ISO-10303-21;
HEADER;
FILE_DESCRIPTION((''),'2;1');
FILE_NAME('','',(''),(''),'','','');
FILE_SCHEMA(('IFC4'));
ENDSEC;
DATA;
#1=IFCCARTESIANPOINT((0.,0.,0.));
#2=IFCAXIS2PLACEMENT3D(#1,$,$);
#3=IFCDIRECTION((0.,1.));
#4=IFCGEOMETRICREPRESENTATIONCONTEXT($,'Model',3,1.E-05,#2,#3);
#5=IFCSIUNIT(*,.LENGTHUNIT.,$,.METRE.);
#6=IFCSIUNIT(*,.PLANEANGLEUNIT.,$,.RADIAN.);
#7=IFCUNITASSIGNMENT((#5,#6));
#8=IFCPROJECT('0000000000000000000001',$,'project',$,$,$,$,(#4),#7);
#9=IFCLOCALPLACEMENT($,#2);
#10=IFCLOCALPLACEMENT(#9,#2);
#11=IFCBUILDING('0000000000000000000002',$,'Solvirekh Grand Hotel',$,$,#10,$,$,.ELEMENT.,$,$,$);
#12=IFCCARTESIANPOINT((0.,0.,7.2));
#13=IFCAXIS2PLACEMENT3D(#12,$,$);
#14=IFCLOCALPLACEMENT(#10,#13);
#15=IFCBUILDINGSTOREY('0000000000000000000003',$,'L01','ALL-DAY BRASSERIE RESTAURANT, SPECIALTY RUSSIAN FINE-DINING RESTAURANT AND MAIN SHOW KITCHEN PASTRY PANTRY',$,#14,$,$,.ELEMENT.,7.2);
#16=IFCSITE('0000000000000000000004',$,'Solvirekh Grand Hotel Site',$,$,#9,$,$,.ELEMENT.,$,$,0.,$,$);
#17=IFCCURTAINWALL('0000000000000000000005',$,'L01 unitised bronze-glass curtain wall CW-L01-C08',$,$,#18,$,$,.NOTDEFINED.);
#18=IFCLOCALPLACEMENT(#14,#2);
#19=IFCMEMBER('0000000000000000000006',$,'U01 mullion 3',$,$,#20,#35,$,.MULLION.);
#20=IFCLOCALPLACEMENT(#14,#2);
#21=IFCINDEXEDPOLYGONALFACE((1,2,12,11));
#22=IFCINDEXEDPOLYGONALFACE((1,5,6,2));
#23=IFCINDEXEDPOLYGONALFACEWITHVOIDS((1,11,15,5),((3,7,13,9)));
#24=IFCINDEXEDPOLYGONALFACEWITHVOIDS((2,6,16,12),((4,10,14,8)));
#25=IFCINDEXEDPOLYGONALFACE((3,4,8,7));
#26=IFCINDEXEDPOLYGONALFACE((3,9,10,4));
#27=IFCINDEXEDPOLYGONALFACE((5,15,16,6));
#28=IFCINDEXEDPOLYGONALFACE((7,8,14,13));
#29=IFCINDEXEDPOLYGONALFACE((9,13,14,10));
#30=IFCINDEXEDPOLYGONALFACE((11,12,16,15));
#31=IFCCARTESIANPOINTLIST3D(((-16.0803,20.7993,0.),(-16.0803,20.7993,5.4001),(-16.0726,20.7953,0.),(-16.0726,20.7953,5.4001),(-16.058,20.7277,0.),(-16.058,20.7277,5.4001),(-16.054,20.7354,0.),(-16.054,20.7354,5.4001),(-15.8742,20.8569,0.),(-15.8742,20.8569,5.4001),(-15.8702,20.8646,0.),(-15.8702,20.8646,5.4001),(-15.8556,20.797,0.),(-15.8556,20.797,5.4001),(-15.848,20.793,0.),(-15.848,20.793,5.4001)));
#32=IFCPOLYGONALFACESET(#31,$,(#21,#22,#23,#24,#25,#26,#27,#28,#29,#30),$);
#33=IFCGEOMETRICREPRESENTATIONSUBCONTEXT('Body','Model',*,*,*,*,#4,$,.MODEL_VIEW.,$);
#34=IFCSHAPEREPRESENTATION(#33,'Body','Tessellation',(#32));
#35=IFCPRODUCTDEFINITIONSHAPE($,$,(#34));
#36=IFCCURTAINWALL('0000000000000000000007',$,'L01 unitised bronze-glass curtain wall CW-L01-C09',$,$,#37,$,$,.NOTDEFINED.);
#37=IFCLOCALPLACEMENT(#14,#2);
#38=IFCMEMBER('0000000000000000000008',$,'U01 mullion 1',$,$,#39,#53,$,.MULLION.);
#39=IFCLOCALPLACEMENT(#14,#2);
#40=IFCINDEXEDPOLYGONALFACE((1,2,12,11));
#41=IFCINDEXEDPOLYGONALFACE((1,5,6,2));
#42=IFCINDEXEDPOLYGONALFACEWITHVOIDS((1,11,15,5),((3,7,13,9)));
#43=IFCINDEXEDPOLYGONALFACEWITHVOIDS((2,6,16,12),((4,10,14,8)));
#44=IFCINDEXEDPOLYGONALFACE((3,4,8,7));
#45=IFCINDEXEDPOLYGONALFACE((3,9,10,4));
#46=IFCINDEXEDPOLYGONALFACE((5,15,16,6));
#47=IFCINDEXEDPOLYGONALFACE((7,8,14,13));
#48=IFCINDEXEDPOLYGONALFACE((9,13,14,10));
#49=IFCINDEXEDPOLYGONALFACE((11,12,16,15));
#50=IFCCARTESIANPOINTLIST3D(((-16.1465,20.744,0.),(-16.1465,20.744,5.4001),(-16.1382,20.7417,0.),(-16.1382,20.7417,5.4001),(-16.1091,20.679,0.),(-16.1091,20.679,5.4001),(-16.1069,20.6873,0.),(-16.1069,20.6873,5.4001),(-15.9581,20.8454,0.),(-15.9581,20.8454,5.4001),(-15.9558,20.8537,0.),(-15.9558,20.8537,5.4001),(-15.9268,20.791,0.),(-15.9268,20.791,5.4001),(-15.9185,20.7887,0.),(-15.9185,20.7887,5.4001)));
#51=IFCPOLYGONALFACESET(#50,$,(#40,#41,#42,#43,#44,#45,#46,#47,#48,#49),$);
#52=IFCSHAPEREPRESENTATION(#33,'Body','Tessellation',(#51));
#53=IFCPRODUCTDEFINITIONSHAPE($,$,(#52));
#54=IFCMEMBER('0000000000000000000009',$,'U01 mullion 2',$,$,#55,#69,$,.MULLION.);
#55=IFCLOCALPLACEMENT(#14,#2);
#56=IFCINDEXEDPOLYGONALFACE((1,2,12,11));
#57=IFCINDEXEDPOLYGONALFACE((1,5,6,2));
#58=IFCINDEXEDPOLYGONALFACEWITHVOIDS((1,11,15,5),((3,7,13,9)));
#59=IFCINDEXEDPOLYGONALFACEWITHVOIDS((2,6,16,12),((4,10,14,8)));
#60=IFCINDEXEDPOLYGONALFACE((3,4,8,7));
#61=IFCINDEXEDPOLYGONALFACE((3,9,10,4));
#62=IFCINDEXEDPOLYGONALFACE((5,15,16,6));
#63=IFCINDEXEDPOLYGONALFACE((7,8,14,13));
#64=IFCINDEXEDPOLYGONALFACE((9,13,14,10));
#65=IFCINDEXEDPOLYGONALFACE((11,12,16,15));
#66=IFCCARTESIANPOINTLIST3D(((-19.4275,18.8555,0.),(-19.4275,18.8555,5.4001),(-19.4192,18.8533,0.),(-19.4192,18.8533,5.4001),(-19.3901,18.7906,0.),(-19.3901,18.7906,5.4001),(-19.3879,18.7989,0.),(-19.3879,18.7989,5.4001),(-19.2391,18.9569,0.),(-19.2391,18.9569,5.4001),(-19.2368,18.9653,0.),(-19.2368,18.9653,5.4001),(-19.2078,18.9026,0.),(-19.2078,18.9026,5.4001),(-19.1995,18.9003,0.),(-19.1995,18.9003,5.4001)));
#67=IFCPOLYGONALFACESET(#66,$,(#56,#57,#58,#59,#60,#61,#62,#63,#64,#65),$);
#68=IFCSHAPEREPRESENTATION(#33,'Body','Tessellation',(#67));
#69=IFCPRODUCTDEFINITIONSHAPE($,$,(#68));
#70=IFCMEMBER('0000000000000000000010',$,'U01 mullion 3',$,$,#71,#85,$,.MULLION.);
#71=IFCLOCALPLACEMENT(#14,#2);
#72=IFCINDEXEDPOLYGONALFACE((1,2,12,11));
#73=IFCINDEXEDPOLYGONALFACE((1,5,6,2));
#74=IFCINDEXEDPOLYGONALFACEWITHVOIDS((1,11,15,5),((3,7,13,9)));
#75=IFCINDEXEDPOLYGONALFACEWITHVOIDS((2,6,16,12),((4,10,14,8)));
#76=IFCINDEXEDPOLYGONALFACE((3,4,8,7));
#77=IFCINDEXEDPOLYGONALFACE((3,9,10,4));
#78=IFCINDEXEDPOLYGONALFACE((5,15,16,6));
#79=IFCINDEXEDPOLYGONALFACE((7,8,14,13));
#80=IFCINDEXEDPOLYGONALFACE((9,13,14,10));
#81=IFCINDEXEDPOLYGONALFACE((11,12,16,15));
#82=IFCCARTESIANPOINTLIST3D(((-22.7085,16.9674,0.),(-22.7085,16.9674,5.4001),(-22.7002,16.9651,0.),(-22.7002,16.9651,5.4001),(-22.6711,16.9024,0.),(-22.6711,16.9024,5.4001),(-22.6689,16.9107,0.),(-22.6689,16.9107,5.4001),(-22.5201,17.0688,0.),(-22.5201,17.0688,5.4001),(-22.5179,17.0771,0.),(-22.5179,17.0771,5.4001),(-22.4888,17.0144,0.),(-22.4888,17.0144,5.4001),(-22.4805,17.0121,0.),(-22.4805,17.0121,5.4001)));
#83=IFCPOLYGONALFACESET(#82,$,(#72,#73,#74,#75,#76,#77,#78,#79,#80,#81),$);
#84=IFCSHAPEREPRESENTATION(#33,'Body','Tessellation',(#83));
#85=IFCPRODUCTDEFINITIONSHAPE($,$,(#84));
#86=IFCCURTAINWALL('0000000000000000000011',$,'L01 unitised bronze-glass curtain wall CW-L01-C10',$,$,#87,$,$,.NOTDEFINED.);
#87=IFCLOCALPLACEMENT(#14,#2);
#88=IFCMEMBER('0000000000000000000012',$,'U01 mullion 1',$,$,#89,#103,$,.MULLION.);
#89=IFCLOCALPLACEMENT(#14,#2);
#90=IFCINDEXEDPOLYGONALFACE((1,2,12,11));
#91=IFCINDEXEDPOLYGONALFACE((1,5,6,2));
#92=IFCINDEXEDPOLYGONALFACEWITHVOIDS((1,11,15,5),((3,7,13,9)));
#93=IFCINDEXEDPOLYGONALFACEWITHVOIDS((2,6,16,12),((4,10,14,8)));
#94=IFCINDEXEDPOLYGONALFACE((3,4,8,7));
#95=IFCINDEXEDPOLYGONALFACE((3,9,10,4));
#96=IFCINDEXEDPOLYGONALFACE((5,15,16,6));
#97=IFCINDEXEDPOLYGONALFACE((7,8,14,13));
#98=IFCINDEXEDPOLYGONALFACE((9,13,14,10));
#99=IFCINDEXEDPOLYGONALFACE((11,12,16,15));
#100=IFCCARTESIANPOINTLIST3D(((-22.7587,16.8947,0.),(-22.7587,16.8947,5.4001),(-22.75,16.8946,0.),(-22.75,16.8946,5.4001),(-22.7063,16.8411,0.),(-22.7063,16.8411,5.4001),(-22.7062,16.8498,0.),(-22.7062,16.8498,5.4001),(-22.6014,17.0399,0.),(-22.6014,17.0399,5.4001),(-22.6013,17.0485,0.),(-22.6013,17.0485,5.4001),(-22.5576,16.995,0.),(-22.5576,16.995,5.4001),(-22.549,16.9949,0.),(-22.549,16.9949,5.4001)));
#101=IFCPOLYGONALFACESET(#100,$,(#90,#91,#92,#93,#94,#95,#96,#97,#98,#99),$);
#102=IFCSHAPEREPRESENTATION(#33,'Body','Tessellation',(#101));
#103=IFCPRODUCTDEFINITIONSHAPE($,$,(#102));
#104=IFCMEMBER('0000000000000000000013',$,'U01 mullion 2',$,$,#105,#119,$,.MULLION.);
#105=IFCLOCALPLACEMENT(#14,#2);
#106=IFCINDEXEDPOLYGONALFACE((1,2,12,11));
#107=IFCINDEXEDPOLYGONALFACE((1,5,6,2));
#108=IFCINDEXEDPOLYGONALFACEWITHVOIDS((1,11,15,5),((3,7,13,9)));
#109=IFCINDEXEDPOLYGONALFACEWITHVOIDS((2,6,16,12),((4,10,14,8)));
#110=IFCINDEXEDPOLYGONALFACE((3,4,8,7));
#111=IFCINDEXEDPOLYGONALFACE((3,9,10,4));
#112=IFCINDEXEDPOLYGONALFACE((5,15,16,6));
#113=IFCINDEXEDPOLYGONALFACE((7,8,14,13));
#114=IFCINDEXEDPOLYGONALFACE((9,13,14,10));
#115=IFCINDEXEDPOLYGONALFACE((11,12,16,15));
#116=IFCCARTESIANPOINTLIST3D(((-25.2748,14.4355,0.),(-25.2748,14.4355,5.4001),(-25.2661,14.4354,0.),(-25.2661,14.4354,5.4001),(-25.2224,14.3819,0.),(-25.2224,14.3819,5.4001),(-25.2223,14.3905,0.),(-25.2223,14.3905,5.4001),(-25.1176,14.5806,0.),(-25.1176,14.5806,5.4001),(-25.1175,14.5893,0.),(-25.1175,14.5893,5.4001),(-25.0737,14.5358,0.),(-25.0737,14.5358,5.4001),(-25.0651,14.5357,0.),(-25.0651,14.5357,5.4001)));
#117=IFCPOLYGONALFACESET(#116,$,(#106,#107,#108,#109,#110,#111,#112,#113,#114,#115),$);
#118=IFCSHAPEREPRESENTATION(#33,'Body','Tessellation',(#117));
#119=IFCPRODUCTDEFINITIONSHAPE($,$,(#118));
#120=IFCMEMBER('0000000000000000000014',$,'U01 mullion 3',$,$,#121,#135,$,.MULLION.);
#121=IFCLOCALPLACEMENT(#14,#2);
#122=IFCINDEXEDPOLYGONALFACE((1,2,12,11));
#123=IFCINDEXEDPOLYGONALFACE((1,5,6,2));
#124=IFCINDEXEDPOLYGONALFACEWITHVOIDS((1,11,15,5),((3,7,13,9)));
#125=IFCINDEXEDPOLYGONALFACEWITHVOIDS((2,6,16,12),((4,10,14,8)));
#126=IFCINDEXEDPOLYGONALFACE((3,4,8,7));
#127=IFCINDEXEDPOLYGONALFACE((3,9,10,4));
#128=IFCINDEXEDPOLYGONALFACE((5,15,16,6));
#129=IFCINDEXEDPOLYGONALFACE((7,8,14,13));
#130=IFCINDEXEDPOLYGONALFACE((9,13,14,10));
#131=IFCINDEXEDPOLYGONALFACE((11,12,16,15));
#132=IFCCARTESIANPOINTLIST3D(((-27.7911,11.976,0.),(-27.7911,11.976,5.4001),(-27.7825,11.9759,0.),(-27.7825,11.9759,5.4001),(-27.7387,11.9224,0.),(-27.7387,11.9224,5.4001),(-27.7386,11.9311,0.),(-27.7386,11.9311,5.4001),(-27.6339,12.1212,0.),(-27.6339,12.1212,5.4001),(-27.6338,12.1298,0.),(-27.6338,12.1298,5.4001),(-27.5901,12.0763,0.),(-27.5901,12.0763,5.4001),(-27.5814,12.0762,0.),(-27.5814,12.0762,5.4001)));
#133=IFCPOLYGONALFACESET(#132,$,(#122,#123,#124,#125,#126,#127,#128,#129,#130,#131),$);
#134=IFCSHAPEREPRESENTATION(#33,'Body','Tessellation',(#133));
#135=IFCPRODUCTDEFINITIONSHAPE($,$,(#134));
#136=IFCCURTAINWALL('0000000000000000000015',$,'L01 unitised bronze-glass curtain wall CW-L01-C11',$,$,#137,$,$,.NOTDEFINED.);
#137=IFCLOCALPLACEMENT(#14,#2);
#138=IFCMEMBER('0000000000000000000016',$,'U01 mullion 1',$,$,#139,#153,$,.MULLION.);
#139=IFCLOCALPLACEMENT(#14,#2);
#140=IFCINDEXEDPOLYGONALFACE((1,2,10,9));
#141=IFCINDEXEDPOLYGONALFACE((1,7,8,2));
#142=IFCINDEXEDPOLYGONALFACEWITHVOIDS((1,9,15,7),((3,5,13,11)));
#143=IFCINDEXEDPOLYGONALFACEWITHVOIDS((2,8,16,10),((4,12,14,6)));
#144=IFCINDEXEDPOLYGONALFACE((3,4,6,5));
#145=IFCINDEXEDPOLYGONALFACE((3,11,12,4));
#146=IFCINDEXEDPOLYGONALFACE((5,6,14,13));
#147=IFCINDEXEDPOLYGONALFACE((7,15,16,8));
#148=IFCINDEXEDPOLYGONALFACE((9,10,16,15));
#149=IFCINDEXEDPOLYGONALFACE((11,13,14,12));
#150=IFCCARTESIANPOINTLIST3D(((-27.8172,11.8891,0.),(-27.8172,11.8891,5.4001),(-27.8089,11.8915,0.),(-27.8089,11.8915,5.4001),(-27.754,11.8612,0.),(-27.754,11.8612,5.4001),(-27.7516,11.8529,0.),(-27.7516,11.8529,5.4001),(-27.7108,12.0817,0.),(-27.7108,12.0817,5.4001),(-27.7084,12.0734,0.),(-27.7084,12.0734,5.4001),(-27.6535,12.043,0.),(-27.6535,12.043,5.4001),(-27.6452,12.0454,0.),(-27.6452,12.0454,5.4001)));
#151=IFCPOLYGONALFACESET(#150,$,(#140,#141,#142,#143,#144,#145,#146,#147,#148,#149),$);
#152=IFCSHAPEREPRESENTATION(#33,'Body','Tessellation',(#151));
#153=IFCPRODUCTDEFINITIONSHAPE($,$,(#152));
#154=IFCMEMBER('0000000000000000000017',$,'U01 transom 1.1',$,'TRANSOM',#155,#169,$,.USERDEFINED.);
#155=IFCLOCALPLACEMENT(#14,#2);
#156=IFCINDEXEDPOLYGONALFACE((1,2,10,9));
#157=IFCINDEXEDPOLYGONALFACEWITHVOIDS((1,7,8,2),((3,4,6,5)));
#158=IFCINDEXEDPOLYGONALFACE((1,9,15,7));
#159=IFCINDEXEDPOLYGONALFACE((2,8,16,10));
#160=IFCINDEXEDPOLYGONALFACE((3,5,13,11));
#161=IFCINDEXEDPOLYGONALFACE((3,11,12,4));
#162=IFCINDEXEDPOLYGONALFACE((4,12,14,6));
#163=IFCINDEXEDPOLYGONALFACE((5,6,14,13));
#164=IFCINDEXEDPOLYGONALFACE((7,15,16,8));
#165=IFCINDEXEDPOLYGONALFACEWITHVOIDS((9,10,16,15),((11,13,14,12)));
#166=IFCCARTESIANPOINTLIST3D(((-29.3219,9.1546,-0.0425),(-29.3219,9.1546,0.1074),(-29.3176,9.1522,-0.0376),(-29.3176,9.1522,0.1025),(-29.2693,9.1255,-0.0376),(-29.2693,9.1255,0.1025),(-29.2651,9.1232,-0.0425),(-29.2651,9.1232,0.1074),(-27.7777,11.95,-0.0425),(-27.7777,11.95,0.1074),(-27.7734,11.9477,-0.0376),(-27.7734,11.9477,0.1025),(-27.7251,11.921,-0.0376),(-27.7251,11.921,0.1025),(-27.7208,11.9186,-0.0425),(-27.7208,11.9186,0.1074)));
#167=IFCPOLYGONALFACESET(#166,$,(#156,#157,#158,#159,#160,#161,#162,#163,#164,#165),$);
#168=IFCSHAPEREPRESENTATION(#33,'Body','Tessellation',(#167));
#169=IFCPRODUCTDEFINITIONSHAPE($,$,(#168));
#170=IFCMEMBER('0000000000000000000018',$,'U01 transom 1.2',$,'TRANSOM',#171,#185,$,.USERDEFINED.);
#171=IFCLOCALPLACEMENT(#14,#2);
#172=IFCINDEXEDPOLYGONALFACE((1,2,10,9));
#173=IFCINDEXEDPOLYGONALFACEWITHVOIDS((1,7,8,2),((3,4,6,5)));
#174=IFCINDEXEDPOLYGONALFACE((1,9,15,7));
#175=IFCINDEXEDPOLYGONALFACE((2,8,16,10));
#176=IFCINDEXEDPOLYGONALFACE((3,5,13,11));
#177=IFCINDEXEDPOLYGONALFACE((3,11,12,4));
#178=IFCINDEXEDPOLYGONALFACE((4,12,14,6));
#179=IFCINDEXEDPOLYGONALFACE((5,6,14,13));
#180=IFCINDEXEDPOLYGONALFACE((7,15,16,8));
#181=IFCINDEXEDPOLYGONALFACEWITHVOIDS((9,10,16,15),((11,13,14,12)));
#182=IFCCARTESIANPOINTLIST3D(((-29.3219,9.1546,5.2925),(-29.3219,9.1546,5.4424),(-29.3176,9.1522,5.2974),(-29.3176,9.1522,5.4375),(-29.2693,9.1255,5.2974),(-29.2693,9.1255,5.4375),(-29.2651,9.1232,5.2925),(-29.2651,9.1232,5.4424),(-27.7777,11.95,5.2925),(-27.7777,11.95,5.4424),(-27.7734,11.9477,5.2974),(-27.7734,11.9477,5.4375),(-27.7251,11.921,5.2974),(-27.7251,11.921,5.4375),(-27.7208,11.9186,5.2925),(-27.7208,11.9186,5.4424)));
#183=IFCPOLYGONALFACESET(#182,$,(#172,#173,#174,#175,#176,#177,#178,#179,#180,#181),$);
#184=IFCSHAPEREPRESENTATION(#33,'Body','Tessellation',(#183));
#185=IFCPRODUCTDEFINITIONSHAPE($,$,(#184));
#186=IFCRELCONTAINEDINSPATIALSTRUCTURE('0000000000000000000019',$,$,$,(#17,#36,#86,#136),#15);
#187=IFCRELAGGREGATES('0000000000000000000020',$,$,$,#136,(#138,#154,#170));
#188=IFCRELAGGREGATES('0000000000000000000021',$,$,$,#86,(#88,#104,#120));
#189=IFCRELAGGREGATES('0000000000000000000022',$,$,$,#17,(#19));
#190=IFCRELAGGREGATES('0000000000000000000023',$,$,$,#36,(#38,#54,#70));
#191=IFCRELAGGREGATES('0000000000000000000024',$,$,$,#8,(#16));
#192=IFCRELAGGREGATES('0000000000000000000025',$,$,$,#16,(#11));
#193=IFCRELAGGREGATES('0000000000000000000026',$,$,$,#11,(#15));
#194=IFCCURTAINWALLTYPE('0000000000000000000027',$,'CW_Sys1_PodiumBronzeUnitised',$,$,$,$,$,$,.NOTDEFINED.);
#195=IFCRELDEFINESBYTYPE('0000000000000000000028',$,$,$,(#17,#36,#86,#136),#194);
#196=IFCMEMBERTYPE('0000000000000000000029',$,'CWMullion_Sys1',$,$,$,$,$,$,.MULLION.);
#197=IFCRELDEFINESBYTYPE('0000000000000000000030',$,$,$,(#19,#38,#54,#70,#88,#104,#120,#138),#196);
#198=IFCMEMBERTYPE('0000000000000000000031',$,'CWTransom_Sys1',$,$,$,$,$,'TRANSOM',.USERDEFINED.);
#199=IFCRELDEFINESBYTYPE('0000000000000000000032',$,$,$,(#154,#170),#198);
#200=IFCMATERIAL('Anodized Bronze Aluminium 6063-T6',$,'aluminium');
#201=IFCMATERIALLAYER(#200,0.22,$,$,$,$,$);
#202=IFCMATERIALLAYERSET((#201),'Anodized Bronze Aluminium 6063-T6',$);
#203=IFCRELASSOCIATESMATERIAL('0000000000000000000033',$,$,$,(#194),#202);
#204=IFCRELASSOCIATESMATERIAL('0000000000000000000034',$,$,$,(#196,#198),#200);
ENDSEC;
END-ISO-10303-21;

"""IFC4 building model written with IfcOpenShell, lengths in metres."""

from ifc_helpers import new_model, si_unit, direction, frame, origin, origin_2d, place, context, subcontext, project, spatial, hollow_rectangle, extrude, source, transform, mapped, material, layer, layer_set, material_profile, profile_set, type_object, element, aggregate, save


model = new_model("IFC4")

# Units and contexts
model_context = context("Model", 3, precision=1e-05, world=origin(), true_north=direction((0.0, 1.0)))
body_context = subcontext(model_context, "Body", "Model", "MODEL_VIEW")
ifc_project = project(units=[si_unit("LENGTHUNIT", "METRE"), si_unit("PLANEANGLEUNIT", "RADIAN")], contexts=[model_context])

# Site, building, storey
site_placement = place(None, origin())
site = spatial("IfcSite", under=ifc_project, at=site_placement, Name="Solvirekh Grand Hotel Site", CompositionType="ELEMENT", RefElevation=0.0)
building_placement = place(site_placement, origin())
building = spatial("IfcBuilding", under=site, at=building_placement, Name="Solvirekh Grand Hotel", CompositionType="ELEMENT")
storey_placement = place(building_placement, frame((0.0, 0.0, 7.2)))
storey = spatial("IfcBuildingStorey", under=building, at=storey_placement, Name="L01", Description="ALL-DAY BRASSERIE RESTAURANT, SPECIALTY RUSSIAN FINE-DINING RESTAURANT AND MAIN SHOW KITCHEN PASTRY PANTRY", CompositionType="ELEMENT", Elevation=7.2)

# Curtain wall, member
ifc_material_1 = material(Name="Anodized Bronze Aluminium 6063-T6", Category="aluminium")
ifc_layer_1 = layer(ifc_material_1, 0.22)
ifc_layer_set_1 = layer_set([ifc_layer_1], Name="Anodized Bronze Aluminium 6063-T6")
curtain_wall_type = type_object("IfcCurtainWallType", Name="CW_Sys1_PodiumBronzeUnitised", PredefinedType="NOTDEFINED", material=ifc_layer_set_1)
curtain_wall_1_placement = place(storey_placement, origin())
curtain_wall_1 = element("IfcCurtainWall", 1, at=curtain_wall_1_placement, inside=storey, type_object=curtain_wall_type, Name="L01 unitised bronze-glass curtain wall CW-L01-C08", PredefinedType="NOTDEFINED")
ifc_material_profile_1 = material_profile(ifc_material_1, hollow_rectangle(XDim=0.075, YDim=0.22, WallThickness=0.0061, at=origin_2d()), Name="ALU RHS 220X75X6")
ifc_profile_set_1 = profile_set([ifc_material_profile_1], Name="Anodized Bronze Aluminium 6063-T6")
member_type_1 = type_object("IfcMemberType", Name="CWMullion_Sys1", PredefinedType="MULLION", material=ifc_profile_set_1)
shared_shape_1 = source(origin(), body_context, "Body", "SweptSolid", [
    extrude(hollow_rectangle(XDim=0.075, YDim=0.22, WallThickness=0.0061, at=origin_2d()), origin(), (0.0, 0.0, 1.0), 5.4001),
])
member_1_placement = place(storey_placement, frame((-15.9641, 20.7961, 0.0), z_axis=(0.0, 0.0, 1.0), x_axis=(0.296598, -0.955003, 0.0)))
member_1 = element("IfcMember", 2, at=member_1_placement, type_object=member_type_1, Name="U01 mullion 3", PredefinedType="MULLION", context=body_context, shape_type="MappedRepresentation", body=[
    mapped(shared_shape_1, transform((0.0, 0.0, 0.0), x_axis=(1.0, 0.0, 0.0), y_axis=(0.0, 1.0, 0.0), z_axis=(0.0, 0.0, 1.0), scale=1.0)),
])

# Curtain walls, members
curtain_wall_2_placement = place(storey_placement, origin())
curtain_wall_2 = element("IfcCurtainWall", 3, at=curtain_wall_2_placement, inside=storey, type_object=curtain_wall_type, Name="L01 unitised bronze-glass curtain wall CW-L01-C09", PredefinedType="NOTDEFINED")
member_2_placement = place(storey_placement, frame((-16.0325, 20.7664, 0.0), z_axis=(0.0, 0.0, 1.0), x_axis=(0.498813, -0.86671, 0.0)))
member_2 = element("IfcMember", 4, at=member_2_placement, type_object=member_type_1, Name="U01 mullion 1", PredefinedType="MULLION", context=body_context, shape_type="MappedRepresentation", body=[
    mapped(shared_shape_1, transform((0.0, 0.0, 0.0), x_axis=(1.0, 0.0, 0.0), y_axis=(0.0, 1.0, 0.0), z_axis=(0.0, 0.0, 1.0), scale=1.0)),
])
member_3_placement = place(storey_placement, frame((-19.3135, 18.8779, 0.0), z_axis=(0.0, 0.0, 1.0), x_axis=(0.498813, -0.86671, 0.0)))
member_3 = element("IfcMember", 5, at=member_3_placement, type_object=member_type_1, Name="U01 mullion 2", PredefinedType="MULLION", context=body_context, shape_type="MappedRepresentation", body=[
    mapped(shared_shape_1, transform((0.0, 0.0, 0.0), x_axis=(1.0, 0.0, 0.0), y_axis=(0.0, 1.0, 0.0), z_axis=(0.0, 0.0, 1.0), scale=1.0)),
])
member_4_placement = place(storey_placement, frame((-22.5945, 16.9897, 0.0), z_axis=(0.0, 0.0, 1.0), x_axis=(0.498813, -0.86671, 0.0)))
member_4 = element("IfcMember", 6, at=member_4_placement, type_object=member_type_1, Name="U01 mullion 3", PredefinedType="MULLION", context=body_context, shape_type="MappedRepresentation", body=[
    mapped(shared_shape_1, transform((0.0, 0.0, 0.0), x_axis=(1.0, 0.0, 0.0), y_axis=(0.0, 1.0, 0.0), z_axis=(0.0, 0.0, 1.0), scale=1.0)),
])
curtain_wall_3_placement = place(storey_placement, origin())
curtain_wall_3 = element("IfcCurtainWall", 7, at=curtain_wall_3_placement, inside=storey, type_object=curtain_wall_type, Name="L01 unitised bronze-glass curtain wall CW-L01-C10", PredefinedType="NOTDEFINED")
member_5_placement = place(storey_placement, frame((-22.6538, 16.9448, 0.0), z_axis=(0.0, 0.0, 1.0), x_axis=(0.698975, -0.715146, 0.0)))
member_5 = element("IfcMember", 8, at=member_5_placement, type_object=member_type_1, Name="U01 mullion 1", PredefinedType="MULLION", context=body_context, shape_type="MappedRepresentation", body=[
    mapped(shared_shape_1, transform((0.0, 0.0, 0.0), x_axis=(1.0, 0.0, 0.0), y_axis=(0.0, 1.0, 0.0), z_axis=(0.0, 0.0, 1.0), scale=1.0)),
])
member_6_placement = place(storey_placement, frame((-25.1699, 14.4856, 0.0), z_axis=(0.0, 0.0, 1.0), x_axis=(0.698975, -0.715146, 0.0)))
member_6 = element("IfcMember", 9, at=member_6_placement, type_object=member_type_1, Name="U01 mullion 2", PredefinedType="MULLION", context=body_context, shape_type="MappedRepresentation", body=[
    mapped(shared_shape_1, transform((0.0, 0.0, 0.0), x_axis=(1.0, 0.0, 0.0), y_axis=(0.0, 1.0, 0.0), z_axis=(0.0, 0.0, 1.0), scale=1.0)),
])
member_7_placement = place(storey_placement, frame((-27.6863, 12.0261, 0.0), z_axis=(0.0, 0.0, 1.0), x_axis=(0.698975, -0.715146, 0.0)))
member_7 = element("IfcMember", 10, at=member_7_placement, type_object=member_type_1, Name="U01 mullion 3", PredefinedType="MULLION", context=body_context, shape_type="MappedRepresentation", body=[
    mapped(shared_shape_1, transform((0.0, 0.0, 0.0), x_axis=(1.0, 0.0, 0.0), y_axis=(0.0, 1.0, 0.0), z_axis=(0.0, 0.0, 1.0), scale=1.0)),
])
curtain_wall_4_placement = place(storey_placement, origin())
curtain_wall_4 = element("IfcCurtainWall", 11, at=curtain_wall_4_placement, inside=storey, type_object=curtain_wall_type, Name="L01 unitised bronze-glass curtain wall CW-L01-C11", PredefinedType="NOTDEFINED")
member_8_placement = place(storey_placement, frame((-27.7312, 11.9673, 0.0), z_axis=(0.0, 0.0, 1.0), x_axis=(0.875346, -0.483497, 0.0)))
member_8 = element("IfcMember", 12, at=member_8_placement, type_object=member_type_1, Name="U01 mullion 1", PredefinedType="MULLION", context=body_context, shape_type="MappedRepresentation", body=[
    mapped(shared_shape_1, transform((0.0, 0.0, 0.0), x_axis=(1.0, 0.0, 0.0), y_axis=(0.0, 1.0, 0.0), z_axis=(0.0, 0.0, 1.0), scale=1.0)),
])
ifc_material_profile_2 = material_profile(ifc_material_1, hollow_rectangle(XDim=0.0649, YDim=0.1499, WallThickness=0.0049, at=origin_2d()), Name="ALU RHS 150X65X5")
ifc_profile_set_2 = profile_set([ifc_material_profile_2], Name="Anodized Bronze Aluminium 6063-T6")
member_type_2 = type_object("IfcMemberType", Name="CWTransom_Sys1", ElementType="TRANSOM", PredefinedType="USERDEFINED", material=ifc_profile_set_2)
shared_shape_2 = source(origin(), body_context, "Body", "SweptSolid", [
    extrude(hollow_rectangle(XDim=0.0649, YDim=0.1499, WallThickness=0.0049, at=origin_2d()), origin(), (0.0, 0.0, 1.0), 3.1936),
])
member_9_placement = place(storey_placement, frame((-27.7493, 11.9343, 0.0325), z_axis=(-0.483532, -0.875327, 0.0), x_axis=(0.875327, -0.483532, 0.0)))
member_9 = element("IfcMember", 13, at=member_9_placement, type_object=member_type_2, Name="U01 transom 1.1", ObjectType="TRANSOM", PredefinedType="USERDEFINED", context=body_context, shape_type="MappedRepresentation", body=[
    mapped(shared_shape_2, transform((0.0, 0.0, 0.0), x_axis=(1.0, 0.0, 0.0), y_axis=(0.0, 1.0, 0.0), z_axis=(0.0, 0.0, 1.0), scale=1.0)),
])
member_10_placement = place(storey_placement, frame((-27.7493, 11.9343, 5.3674), z_axis=(-0.483532, -0.875327, 0.0), x_axis=(0.875327, -0.483532, 0.0)))
member_10 = element("IfcMember", 14, at=member_10_placement, type_object=member_type_2, Name="U01 transom 1.2", ObjectType="TRANSOM", PredefinedType="USERDEFINED", context=body_context, shape_type="MappedRepresentation", body=[
    mapped(shared_shape_2, transform((0.0, 0.0, 0.0), x_axis=(1.0, 0.0, 0.0), y_axis=(0.0, 1.0, 0.0), z_axis=(0.0, 0.0, 1.0), scale=1.0)),
])
aggregate(curtain_wall_4, [member_8, member_9, member_10])

aggregate(curtain_wall_3, [member_5, member_6, member_7])
aggregate(curtain_wall_1, [member_1])
aggregate(curtain_wall_2, [member_2, member_3, member_4])

save(model, "model.ifc")
